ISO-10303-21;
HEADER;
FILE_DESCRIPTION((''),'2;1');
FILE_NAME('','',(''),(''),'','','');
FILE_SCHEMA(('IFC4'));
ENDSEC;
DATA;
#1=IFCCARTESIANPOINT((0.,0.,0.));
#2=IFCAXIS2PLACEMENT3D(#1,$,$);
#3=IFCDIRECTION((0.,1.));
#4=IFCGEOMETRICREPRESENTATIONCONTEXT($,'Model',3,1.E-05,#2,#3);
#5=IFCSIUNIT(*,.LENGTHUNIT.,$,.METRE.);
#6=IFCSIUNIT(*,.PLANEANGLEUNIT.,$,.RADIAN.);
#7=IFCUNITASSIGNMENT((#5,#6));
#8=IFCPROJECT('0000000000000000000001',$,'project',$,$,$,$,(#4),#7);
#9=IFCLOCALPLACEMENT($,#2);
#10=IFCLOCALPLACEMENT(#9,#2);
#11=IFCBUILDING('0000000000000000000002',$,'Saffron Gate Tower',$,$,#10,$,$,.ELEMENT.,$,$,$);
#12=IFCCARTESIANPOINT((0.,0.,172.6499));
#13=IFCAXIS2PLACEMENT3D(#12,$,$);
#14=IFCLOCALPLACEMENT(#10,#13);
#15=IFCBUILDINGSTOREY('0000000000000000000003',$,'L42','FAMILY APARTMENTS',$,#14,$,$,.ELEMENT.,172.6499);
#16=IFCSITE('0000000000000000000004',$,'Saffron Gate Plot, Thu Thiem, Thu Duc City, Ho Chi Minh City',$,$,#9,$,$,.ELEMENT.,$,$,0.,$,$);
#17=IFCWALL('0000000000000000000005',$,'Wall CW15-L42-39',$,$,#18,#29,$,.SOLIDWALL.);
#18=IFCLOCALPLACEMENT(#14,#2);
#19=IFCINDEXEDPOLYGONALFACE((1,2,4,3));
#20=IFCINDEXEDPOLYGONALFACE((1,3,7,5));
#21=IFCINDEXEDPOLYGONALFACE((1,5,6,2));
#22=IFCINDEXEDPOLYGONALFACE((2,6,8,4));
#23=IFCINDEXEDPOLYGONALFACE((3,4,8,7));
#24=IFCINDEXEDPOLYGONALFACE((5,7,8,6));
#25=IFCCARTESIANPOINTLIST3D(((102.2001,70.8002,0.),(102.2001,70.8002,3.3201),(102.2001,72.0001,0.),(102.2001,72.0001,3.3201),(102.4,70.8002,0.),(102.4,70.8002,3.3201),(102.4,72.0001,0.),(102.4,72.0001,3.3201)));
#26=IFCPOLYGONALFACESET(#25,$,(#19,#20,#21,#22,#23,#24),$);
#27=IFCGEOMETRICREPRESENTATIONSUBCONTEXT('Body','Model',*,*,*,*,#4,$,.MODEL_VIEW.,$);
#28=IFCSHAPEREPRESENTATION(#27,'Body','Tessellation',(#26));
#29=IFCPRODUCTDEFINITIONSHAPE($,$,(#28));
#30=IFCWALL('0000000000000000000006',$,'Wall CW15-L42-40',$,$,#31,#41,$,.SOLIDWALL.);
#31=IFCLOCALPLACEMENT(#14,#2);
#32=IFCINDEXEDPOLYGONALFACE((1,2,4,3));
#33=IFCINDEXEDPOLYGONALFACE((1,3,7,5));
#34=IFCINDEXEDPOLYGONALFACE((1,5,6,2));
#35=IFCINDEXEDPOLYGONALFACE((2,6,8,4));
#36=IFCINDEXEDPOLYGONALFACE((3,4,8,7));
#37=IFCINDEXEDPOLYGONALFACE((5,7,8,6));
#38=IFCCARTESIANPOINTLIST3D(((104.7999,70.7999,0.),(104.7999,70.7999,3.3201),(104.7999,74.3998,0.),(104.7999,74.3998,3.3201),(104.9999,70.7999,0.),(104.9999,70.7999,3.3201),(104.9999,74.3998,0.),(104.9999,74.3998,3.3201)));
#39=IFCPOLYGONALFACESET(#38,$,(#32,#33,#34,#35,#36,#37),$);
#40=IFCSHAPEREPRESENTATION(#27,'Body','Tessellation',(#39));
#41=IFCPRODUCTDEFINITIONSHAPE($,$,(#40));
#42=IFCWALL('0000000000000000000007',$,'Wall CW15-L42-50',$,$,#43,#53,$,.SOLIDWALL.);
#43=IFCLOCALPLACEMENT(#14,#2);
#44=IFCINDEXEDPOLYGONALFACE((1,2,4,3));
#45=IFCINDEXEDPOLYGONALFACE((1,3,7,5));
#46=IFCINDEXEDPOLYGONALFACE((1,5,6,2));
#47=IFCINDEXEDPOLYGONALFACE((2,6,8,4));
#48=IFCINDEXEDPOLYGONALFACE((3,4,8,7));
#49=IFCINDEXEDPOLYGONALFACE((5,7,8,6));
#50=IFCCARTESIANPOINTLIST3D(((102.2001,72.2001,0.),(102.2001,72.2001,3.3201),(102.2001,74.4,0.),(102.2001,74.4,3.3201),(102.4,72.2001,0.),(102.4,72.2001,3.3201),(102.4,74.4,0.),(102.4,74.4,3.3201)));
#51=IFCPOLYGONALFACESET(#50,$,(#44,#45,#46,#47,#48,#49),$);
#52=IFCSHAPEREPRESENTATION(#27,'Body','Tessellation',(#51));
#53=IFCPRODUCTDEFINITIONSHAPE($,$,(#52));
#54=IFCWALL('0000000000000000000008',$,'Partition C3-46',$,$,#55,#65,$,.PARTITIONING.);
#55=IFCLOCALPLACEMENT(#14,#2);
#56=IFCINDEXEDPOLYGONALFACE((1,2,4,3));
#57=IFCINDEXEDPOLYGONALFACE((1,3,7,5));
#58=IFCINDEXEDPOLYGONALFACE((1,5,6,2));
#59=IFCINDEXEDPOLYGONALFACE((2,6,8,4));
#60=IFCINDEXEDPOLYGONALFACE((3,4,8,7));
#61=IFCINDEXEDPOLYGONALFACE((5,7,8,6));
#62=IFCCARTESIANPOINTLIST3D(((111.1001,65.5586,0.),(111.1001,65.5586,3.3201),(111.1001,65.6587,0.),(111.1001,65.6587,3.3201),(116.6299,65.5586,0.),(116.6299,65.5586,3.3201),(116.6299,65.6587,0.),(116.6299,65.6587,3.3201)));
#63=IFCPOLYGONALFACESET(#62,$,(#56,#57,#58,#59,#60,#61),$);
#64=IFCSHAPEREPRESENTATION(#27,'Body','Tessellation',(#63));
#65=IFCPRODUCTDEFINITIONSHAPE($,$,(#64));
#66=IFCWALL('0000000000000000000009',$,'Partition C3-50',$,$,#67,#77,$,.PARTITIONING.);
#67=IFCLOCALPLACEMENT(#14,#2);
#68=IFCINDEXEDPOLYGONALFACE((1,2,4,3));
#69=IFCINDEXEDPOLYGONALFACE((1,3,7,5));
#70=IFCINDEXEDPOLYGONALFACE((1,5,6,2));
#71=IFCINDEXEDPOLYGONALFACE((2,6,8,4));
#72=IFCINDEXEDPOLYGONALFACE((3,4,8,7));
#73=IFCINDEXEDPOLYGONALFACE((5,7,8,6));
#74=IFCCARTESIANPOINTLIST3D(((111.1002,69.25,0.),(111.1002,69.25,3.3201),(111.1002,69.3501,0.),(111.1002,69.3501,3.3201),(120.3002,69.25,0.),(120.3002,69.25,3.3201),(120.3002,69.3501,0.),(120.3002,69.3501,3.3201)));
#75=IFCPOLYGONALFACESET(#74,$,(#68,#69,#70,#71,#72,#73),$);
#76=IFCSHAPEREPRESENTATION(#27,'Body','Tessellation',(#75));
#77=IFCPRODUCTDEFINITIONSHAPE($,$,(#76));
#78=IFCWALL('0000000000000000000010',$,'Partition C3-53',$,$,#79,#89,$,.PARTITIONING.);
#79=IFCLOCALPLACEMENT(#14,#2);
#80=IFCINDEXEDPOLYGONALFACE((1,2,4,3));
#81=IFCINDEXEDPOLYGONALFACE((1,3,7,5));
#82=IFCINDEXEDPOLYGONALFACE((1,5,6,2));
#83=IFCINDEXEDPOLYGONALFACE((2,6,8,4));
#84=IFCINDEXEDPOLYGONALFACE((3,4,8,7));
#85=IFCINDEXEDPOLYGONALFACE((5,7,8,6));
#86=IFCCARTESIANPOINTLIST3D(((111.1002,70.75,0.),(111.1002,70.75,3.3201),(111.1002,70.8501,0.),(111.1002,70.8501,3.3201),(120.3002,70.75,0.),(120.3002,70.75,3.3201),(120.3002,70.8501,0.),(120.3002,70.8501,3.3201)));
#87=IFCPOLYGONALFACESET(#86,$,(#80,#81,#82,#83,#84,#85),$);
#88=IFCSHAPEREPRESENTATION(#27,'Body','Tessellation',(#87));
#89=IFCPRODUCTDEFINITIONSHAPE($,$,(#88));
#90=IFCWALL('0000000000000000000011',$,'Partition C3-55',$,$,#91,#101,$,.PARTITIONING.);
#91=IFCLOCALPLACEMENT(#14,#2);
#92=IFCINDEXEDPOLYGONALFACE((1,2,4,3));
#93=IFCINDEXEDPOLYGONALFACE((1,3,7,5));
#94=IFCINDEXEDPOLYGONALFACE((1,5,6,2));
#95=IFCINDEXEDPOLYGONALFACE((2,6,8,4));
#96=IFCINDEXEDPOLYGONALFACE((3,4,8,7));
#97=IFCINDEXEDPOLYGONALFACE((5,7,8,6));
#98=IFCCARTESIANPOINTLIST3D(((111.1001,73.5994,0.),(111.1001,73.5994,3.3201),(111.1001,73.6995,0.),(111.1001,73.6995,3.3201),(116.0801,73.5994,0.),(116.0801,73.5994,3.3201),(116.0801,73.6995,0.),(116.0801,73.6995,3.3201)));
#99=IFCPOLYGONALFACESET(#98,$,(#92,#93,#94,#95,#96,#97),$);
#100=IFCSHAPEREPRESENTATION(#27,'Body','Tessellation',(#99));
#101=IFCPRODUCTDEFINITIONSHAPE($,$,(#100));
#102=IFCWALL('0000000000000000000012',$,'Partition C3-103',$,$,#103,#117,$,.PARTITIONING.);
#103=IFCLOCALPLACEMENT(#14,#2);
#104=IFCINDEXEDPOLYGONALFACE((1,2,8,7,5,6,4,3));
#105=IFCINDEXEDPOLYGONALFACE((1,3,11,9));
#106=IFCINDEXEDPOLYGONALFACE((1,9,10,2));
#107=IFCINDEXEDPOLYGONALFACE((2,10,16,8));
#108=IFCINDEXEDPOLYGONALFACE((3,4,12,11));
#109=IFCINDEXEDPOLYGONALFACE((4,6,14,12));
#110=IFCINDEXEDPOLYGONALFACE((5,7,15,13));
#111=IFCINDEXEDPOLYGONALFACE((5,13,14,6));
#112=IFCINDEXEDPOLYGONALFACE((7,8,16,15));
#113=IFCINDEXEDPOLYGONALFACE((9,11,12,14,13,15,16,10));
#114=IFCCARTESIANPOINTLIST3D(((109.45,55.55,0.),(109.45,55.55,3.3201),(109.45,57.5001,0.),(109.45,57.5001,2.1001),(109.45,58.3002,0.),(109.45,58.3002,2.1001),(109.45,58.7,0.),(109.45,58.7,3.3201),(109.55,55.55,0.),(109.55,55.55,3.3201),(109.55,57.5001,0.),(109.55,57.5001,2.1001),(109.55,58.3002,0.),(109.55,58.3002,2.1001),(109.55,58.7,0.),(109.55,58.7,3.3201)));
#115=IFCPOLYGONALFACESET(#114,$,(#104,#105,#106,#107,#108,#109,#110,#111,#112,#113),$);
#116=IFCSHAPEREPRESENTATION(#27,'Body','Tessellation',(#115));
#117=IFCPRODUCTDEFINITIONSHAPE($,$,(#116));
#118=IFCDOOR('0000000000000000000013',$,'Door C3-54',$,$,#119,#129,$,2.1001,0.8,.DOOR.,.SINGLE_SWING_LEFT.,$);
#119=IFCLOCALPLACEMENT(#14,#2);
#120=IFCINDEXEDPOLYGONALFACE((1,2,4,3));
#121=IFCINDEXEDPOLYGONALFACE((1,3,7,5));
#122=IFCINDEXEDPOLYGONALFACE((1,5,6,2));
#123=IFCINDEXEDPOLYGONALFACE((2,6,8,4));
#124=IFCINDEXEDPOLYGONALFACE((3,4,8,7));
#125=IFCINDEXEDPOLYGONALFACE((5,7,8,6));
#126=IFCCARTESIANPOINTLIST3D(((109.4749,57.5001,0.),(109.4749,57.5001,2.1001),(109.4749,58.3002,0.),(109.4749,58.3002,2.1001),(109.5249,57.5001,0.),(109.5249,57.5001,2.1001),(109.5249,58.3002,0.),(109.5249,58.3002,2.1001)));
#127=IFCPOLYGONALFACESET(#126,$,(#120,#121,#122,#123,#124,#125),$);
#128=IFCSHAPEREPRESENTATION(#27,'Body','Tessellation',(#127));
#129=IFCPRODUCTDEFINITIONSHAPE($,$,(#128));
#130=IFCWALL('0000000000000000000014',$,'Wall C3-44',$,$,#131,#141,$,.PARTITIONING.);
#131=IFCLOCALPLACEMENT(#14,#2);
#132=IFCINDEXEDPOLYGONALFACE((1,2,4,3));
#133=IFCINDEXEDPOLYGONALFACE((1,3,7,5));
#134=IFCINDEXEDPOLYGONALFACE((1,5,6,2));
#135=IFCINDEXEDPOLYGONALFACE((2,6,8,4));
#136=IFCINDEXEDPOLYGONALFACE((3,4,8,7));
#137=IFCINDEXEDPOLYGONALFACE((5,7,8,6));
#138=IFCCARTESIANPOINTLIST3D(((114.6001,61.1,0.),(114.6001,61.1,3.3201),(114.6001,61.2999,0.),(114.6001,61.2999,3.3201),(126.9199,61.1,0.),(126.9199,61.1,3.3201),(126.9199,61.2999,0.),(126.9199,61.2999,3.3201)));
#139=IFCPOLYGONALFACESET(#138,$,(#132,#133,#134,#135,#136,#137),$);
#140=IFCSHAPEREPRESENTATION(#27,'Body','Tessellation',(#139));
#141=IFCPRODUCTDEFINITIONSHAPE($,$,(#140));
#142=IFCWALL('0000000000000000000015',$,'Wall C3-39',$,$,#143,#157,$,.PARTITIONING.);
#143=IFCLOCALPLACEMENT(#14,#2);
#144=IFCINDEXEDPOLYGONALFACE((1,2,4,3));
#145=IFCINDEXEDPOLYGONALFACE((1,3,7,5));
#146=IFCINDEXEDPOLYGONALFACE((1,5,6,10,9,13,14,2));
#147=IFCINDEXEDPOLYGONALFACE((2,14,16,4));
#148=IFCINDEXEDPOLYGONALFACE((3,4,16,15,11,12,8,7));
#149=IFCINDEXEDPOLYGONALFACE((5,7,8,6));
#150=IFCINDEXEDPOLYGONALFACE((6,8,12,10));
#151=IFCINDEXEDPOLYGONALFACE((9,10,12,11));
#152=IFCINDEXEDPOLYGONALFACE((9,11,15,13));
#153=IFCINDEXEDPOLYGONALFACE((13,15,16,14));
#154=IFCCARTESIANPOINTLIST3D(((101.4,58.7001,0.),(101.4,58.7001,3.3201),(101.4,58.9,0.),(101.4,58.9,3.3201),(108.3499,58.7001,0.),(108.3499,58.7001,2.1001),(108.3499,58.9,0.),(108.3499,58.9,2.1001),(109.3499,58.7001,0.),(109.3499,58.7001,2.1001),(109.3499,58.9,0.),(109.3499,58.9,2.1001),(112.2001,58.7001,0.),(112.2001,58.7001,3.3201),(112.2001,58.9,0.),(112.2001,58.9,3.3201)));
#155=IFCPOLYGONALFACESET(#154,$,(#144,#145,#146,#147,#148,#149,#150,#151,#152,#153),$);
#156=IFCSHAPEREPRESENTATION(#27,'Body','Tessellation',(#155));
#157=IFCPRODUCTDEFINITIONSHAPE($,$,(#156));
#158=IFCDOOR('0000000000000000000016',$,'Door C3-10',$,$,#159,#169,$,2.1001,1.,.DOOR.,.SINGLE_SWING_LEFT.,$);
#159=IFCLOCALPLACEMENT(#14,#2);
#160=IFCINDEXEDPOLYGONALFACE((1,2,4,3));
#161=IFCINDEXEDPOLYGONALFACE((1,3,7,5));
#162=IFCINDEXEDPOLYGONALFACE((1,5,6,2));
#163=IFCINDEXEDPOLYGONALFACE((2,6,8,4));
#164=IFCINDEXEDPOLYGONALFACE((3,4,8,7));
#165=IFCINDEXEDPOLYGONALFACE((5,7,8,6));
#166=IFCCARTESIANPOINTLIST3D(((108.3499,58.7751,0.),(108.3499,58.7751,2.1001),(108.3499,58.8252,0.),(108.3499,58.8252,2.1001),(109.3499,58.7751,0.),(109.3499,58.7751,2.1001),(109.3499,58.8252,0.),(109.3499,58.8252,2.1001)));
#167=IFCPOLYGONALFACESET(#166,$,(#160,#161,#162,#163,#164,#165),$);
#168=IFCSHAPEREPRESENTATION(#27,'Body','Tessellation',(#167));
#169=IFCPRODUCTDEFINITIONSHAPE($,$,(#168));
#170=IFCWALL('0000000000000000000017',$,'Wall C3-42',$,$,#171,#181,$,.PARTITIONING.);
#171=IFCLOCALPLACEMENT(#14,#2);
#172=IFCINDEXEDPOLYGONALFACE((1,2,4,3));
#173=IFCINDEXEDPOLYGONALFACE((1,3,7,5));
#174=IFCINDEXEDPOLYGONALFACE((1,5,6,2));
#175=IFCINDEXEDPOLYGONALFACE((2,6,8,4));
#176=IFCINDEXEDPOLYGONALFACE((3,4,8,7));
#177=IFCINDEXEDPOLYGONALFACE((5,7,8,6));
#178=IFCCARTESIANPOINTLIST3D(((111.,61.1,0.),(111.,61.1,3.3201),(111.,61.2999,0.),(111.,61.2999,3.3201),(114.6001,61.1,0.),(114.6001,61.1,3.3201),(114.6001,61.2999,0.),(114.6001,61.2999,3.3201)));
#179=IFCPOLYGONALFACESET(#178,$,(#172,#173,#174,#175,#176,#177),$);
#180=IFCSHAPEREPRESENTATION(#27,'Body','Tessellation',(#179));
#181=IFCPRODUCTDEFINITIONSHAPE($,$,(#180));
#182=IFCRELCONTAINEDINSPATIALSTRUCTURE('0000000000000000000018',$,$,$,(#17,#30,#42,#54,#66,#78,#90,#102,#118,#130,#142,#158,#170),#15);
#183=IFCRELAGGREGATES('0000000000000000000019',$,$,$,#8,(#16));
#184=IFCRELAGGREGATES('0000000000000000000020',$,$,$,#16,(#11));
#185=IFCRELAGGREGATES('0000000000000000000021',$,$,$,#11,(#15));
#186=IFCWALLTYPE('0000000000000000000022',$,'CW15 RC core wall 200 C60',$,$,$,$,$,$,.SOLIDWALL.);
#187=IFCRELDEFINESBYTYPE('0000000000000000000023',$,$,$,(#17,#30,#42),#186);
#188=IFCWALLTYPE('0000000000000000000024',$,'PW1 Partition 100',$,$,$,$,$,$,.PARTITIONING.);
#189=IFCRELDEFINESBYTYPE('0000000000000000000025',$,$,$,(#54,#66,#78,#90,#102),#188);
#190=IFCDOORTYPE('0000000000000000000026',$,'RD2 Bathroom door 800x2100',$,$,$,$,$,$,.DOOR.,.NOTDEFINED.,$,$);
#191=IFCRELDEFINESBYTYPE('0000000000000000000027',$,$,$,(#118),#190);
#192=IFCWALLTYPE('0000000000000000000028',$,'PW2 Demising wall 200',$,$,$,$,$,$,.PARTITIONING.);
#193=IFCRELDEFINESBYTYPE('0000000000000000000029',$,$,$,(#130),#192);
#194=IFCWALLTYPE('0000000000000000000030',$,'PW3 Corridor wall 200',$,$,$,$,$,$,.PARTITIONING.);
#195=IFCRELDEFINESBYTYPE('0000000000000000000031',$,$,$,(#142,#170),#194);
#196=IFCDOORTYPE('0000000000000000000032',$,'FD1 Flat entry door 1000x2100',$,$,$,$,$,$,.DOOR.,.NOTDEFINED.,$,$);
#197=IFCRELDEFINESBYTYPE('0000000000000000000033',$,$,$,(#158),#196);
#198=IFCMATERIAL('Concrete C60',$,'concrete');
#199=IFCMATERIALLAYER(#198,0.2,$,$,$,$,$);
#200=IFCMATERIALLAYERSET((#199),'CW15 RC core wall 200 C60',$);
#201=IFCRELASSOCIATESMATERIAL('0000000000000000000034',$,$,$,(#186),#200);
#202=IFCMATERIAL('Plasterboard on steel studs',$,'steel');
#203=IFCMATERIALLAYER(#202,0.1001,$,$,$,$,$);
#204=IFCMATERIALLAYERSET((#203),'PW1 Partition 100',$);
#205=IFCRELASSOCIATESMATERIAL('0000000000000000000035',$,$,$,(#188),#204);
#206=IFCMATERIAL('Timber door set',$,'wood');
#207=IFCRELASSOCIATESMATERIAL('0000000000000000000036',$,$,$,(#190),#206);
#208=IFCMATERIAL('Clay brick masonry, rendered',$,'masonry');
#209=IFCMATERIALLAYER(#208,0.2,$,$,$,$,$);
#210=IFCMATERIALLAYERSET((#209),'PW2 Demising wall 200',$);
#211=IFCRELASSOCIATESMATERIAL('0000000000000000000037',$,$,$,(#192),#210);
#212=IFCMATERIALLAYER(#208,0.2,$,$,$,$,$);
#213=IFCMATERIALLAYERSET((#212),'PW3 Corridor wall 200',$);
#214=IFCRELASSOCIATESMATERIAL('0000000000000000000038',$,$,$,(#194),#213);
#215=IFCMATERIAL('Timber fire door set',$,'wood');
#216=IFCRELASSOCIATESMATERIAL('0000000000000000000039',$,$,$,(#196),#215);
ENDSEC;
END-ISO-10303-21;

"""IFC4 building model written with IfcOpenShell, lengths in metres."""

from ifc_helpers import new_model, si_unit, direction, frame, frame_2d, origin, place, context, subcontext, project, spatial, rectangle, extrude, material, layer, layer_set, type_object, element, fill, save


model = new_model("IFC4")

# Units and contexts
model_context = context("Model", 3, precision=1e-05, world=origin(), true_north=direction((0.0, 1.0)))
body_context = subcontext(model_context, "Body", "Model", "MODEL_VIEW")
ifc_project = project(units=[si_unit("LENGTHUNIT", "METRE"), si_unit("PLANEANGLEUNIT", "RADIAN")], contexts=[model_context])

# Site, building, storey
site_placement = place(None, origin())
site = spatial("IfcSite", under=ifc_project, at=site_placement, Name="Saffron Gate Plot, Thu Thiem, Thu Duc City, Ho Chi Minh City", CompositionType="ELEMENT", RefElevation=0.0)
building_placement = place(site_placement, origin())
building = spatial("IfcBuilding", under=site, at=building_placement, Name="Saffron Gate Tower", CompositionType="ELEMENT")
storey_placement = place(building_placement, frame((0.0, 0.0, 172.6499)))
storey = spatial("IfcBuildingStorey", under=building, at=storey_placement, Name="L42", Description="FAMILY APARTMENTS", CompositionType="ELEMENT", Elevation=172.6499)

# Shared definitions
ifc_material_1 = material(Name="Concrete C60", Category="concrete")

# Walls
ifc_layer_1 = layer(ifc_material_1, 0.2)
ifc_layer_set_1 = layer_set([ifc_layer_1], Name="CW15 RC core wall 200 C60")
wall_type_1 = type_object("IfcWallType", Name="CW15 RC core wall 200 C60", PredefinedType="SOLIDWALL", material=ifc_layer_set_1)
wall_1_placement = place(storey_placement, frame((102.3, 70.8, 0.0), z_axis=(0.0, 0.0, 1.0), x_axis=(0.0, 1.0, 0.0)))
element("IfcWall", 1, at=wall_1_placement, inside=storey, type_object=wall_type_1, Name="Wall CW15-L42-39", PredefinedType="SOLIDWALL", context=body_context, shape_type="SweptSolid", body=[
    extrude(rectangle(XDim=1.2, YDim=0.2, at=frame_2d((0.6001, 0.0))), origin(), (0.0, 0.0, 1.0), 3.3201),
])
wall_2_placement = place(storey_placement, frame((104.8999, 70.8, 0.0), z_axis=(0.0, 0.0, 1.0), x_axis=(0.0, 1.0, 0.0)))
element("IfcWall", 2, at=wall_2_placement, inside=storey, type_object=wall_type_1, Name="Wall CW15-L42-40", PredefinedType="SOLIDWALL", context=body_context, shape_type="SweptSolid", body=[
    extrude(rectangle(XDim=3.5999, YDim=0.2, at=frame_2d((1.7998, 0.0))), origin(), (0.0, 0.0, 1.0), 3.3201),
])
wall_3_placement = place(storey_placement, frame((102.3, 72.2, 0.0), z_axis=(0.0, 0.0, 1.0), x_axis=(0.0, 1.0, 0.0)))
element("IfcWall", 3, at=wall_3_placement, inside=storey, type_object=wall_type_1, Name="Wall CW15-L42-50", PredefinedType="SOLIDWALL", context=body_context, shape_type="SweptSolid", body=[
    extrude(rectangle(XDim=2.2, YDim=0.2, at=frame_2d((1.1001, 0.0))), origin(), (0.0, 0.0, 1.0), 3.3201),
])
ifc_material_2 = material(Name="Plasterboard on steel studs", Category="steel")
ifc_layer_2 = layer(ifc_material_2, 0.1001)
ifc_layer_set_2 = layer_set([ifc_layer_2], Name="PW1 Partition 100")
wall_type_2 = type_object("IfcWallType", Name="PW1 Partition 100", PredefinedType="PARTITIONING", material=ifc_layer_set_2)
wall_4_placement = place(storey_placement, frame((111.1001, 65.6086, 0.0), z_axis=(0.0, 0.0, 1.0), x_axis=(1.0, 0.0, 0.0)))
element("IfcWall", 4, at=wall_4_placement, inside=storey, type_object=wall_type_2, Name="Partition C3-46", PredefinedType="PARTITIONING", context=body_context, shape_type="SweptSolid", body=[
    extrude(rectangle(XDim=5.5298, YDim=0.1001, at=frame_2d((2.7649, 0.0))), origin(), (0.0, 0.0, 1.0), 3.3201),
])
for number, where, z_axis, x_axis, name in (
    (5, (111.1001, 69.3, 0.0), (0.0, 0.0, 1.0), (1.0, 0.0, 0.0), "Partition C3-50"),
    (6, (111.1001, 70.8, 0.0), (0.0, 0.0, 1.0), (1.0, 0.0, 0.0), "Partition C3-53"),
):
    element("IfcWall", number, at=place(storey_placement, frame(where, z_axis=z_axis, x_axis=x_axis)), inside=storey, type_object=wall_type_2, Name=name, PredefinedType="PARTITIONING", context=body_context, shape_type="SweptSolid", body=[
        extrude(rectangle(XDim=9.2, YDim=0.1001, at=frame_2d((4.6001, 0.0))), origin(), (0.0, 0.0, 1.0), 3.3201),
    ])
wall_5_placement = place(storey_placement, frame((111.1001, 73.6494, 0.0), z_axis=(0.0, 0.0, 1.0), x_axis=(1.0, 0.0, 0.0)))
element("IfcWall", 7, at=wall_5_placement, inside=storey, type_object=wall_type_2, Name="Partition C3-55", PredefinedType="PARTITIONING", context=body_context, shape_type="SweptSolid", body=[
    extrude(rectangle(XDim=4.98, YDim=0.1001, at=frame_2d((2.49, 0.0))), origin(), (0.0, 0.0, 1.0), 3.3201),
])

# Wall, opening, door
wall_6_placement = place(storey_placement, frame((109.5, 58.7, 0.0), z_axis=(0.0, 0.0, 1.0), x_axis=(0.0, -1.0, 0.0)))
wall_6 = element("IfcWall", 8, at=wall_6_placement, inside=storey, type_object=wall_type_2, Name="Partition C3-103", PredefinedType="PARTITIONING", context=body_context, shape_type="SweptSolid", body=[
    extrude(rectangle(XDim=3.1499, YDim=0.1001, at=frame_2d((1.575, 0.0))), origin(), (0.0, 0.0, 1.0), 3.3201),
])
opening_1_placement = place(wall_6_placement, frame((0.3999, 0.0, 0.0)))
opening_1 = element("IfcOpeningElement", 9, at=opening_1_placement, cuts=wall_6, PredefinedType="OPENING", context=body_context, shape_type="SweptSolid", body=[
    extrude(rectangle(XDim=0.8, YDim=2.1001, at=frame_2d((0.3999, 1.05))), frame((0.0, 0.0601, 0.0), z_axis=(0.0, -1.0, 0.0), x_axis=(1.0, 0.0, 0.0)), (0.0, 0.0, 1.0), 0.1201),
])
ifc_material_3 = material(Name="Timber door set", Category="wood")
door_type_1 = type_object("IfcDoorType", Name="RD2 Bathroom door 800x2100", OperationType="NOTDEFINED", PredefinedType="DOOR", material=ifc_material_3)
door_1_placement = place(opening_1_placement, origin())
door_1 = element("IfcDoor", 10, at=door_1_placement, inside=storey, type_object=door_type_1, Name="Door C3-54", OperationType="SINGLE_SWING_LEFT", OverallHeight=2.1001, OverallWidth=0.8, PredefinedType="DOOR", context=body_context, shape_type="SweptSolid", body=[
    extrude(rectangle(XDim=0.8, YDim=2.1001, at=frame_2d((0.3999, 1.05))), frame((0.0, 0.0249, 0.0), z_axis=(0.0, -1.0, 0.0), x_axis=(1.0, 0.0, 0.0)), (0.0, 0.0, 1.0), 0.05),
])
fill(opening_1, door_1)

# Wall
ifc_material_4 = material(Name="Clay brick masonry, rendered", Category="masonry")
ifc_layer_3 = layer(ifc_material_4, 0.2)
ifc_layer_set_3 = layer_set([ifc_layer_3], Name="PW2 Demising wall 200")
wall_type_3 = type_object("IfcWallType", Name="PW2 Demising wall 200", PredefinedType="PARTITIONING", material=ifc_layer_set_3)
wall_7_placement = place(storey_placement, frame((114.6001, 61.2, 0.0), z_axis=(0.0, 0.0, 1.0), x_axis=(1.0, 0.0, 0.0)))
element("IfcWall", 11, at=wall_7_placement, inside=storey, type_object=wall_type_3, Name="Wall C3-44", PredefinedType="PARTITIONING", context=body_context, shape_type="SweptSolid", body=[
    extrude(rectangle(XDim=12.3198, YDim=0.2, at=frame_2d((6.1599, 0.0))), origin(), (0.0, 0.0, 1.0), 3.3201),
])

# Wall, opening, door
ifc_layer_4 = layer(ifc_material_4, 0.2)
ifc_layer_set_4 = layer_set([ifc_layer_4], Name="PW3 Corridor wall 200")
wall_type_4 = type_object("IfcWallType", Name="PW3 Corridor wall 200", PredefinedType="PARTITIONING", material=ifc_layer_set_4)
wall_8_placement = place(storey_placement, frame((112.2, 58.8, 0.0), z_axis=(0.0, 0.0, 1.0), x_axis=(-1.0, 0.0, 0.0)))
wall_8 = element("IfcWall", 12, at=wall_8_placement, inside=storey, type_object=wall_type_4, Name="Wall C3-39", PredefinedType="PARTITIONING", context=body_context, shape_type="SweptSolid", body=[
    extrude(rectangle(XDim=10.8, YDim=0.2, at=frame_2d((5.3999, 0.0))), origin(), (0.0, 0.0, 1.0), 3.3201),
])
opening_2_placement = place(wall_8_placement, frame((2.8501, 0.0, 0.0)))
opening_2 = element("IfcOpeningElement", 13, at=opening_2_placement, cuts=wall_8, PredefinedType="OPENING", context=body_context, shape_type="SweptSolid", body=[
    extrude(rectangle(XDim=1.0, YDim=2.1001, at=frame_2d((0.5, 1.05))), frame((0.0, 0.1099, 0.0), z_axis=(0.0, -1.0, 0.0), x_axis=(1.0, 0.0, 0.0)), (0.0, 0.0, 1.0), 0.22),
])
ifc_material_5 = material(Name="Timber fire door set", Category="wood")
door_type_2 = type_object("IfcDoorType", Name="FD1 Flat entry door 1000x2100", OperationType="NOTDEFINED", PredefinedType="DOOR", material=ifc_material_5)
door_2_placement = place(opening_2_placement, origin())
door_2 = element("IfcDoor", 14, at=door_2_placement, inside=storey, type_object=door_type_2, Name="Door C3-10", OperationType="SINGLE_SWING_LEFT", OverallHeight=2.1001, OverallWidth=1.0, PredefinedType="DOOR", context=body_context, shape_type="SweptSolid", body=[
    extrude(rectangle(XDim=1.0, YDim=2.1001, at=frame_2d((0.5, 1.05))), frame((0.0, 0.0249, 0.0), z_axis=(0.0, -1.0, 0.0), x_axis=(1.0, 0.0, 0.0)), (0.0, 0.0, 1.0), 0.05),
])
fill(opening_2, door_2)

# Wall
wall_9_placement = place(storey_placement, frame((111.0, 61.2, 0.0), z_axis=(0.0, 0.0, 1.0), x_axis=(1.0, 0.0, 0.0)))
element("IfcWall", 15, at=wall_9_placement, inside=storey, type_object=wall_type_4, Name="Wall C3-42", PredefinedType="PARTITIONING", context=body_context, shape_type="SweptSolid", body=[
    extrude(rectangle(XDim=3.6001, YDim=0.2, at=frame_2d((1.8, 0.0))), origin(), (0.0, 0.0, 1.0), 3.3201),
])

save(model, "model.ifc")
